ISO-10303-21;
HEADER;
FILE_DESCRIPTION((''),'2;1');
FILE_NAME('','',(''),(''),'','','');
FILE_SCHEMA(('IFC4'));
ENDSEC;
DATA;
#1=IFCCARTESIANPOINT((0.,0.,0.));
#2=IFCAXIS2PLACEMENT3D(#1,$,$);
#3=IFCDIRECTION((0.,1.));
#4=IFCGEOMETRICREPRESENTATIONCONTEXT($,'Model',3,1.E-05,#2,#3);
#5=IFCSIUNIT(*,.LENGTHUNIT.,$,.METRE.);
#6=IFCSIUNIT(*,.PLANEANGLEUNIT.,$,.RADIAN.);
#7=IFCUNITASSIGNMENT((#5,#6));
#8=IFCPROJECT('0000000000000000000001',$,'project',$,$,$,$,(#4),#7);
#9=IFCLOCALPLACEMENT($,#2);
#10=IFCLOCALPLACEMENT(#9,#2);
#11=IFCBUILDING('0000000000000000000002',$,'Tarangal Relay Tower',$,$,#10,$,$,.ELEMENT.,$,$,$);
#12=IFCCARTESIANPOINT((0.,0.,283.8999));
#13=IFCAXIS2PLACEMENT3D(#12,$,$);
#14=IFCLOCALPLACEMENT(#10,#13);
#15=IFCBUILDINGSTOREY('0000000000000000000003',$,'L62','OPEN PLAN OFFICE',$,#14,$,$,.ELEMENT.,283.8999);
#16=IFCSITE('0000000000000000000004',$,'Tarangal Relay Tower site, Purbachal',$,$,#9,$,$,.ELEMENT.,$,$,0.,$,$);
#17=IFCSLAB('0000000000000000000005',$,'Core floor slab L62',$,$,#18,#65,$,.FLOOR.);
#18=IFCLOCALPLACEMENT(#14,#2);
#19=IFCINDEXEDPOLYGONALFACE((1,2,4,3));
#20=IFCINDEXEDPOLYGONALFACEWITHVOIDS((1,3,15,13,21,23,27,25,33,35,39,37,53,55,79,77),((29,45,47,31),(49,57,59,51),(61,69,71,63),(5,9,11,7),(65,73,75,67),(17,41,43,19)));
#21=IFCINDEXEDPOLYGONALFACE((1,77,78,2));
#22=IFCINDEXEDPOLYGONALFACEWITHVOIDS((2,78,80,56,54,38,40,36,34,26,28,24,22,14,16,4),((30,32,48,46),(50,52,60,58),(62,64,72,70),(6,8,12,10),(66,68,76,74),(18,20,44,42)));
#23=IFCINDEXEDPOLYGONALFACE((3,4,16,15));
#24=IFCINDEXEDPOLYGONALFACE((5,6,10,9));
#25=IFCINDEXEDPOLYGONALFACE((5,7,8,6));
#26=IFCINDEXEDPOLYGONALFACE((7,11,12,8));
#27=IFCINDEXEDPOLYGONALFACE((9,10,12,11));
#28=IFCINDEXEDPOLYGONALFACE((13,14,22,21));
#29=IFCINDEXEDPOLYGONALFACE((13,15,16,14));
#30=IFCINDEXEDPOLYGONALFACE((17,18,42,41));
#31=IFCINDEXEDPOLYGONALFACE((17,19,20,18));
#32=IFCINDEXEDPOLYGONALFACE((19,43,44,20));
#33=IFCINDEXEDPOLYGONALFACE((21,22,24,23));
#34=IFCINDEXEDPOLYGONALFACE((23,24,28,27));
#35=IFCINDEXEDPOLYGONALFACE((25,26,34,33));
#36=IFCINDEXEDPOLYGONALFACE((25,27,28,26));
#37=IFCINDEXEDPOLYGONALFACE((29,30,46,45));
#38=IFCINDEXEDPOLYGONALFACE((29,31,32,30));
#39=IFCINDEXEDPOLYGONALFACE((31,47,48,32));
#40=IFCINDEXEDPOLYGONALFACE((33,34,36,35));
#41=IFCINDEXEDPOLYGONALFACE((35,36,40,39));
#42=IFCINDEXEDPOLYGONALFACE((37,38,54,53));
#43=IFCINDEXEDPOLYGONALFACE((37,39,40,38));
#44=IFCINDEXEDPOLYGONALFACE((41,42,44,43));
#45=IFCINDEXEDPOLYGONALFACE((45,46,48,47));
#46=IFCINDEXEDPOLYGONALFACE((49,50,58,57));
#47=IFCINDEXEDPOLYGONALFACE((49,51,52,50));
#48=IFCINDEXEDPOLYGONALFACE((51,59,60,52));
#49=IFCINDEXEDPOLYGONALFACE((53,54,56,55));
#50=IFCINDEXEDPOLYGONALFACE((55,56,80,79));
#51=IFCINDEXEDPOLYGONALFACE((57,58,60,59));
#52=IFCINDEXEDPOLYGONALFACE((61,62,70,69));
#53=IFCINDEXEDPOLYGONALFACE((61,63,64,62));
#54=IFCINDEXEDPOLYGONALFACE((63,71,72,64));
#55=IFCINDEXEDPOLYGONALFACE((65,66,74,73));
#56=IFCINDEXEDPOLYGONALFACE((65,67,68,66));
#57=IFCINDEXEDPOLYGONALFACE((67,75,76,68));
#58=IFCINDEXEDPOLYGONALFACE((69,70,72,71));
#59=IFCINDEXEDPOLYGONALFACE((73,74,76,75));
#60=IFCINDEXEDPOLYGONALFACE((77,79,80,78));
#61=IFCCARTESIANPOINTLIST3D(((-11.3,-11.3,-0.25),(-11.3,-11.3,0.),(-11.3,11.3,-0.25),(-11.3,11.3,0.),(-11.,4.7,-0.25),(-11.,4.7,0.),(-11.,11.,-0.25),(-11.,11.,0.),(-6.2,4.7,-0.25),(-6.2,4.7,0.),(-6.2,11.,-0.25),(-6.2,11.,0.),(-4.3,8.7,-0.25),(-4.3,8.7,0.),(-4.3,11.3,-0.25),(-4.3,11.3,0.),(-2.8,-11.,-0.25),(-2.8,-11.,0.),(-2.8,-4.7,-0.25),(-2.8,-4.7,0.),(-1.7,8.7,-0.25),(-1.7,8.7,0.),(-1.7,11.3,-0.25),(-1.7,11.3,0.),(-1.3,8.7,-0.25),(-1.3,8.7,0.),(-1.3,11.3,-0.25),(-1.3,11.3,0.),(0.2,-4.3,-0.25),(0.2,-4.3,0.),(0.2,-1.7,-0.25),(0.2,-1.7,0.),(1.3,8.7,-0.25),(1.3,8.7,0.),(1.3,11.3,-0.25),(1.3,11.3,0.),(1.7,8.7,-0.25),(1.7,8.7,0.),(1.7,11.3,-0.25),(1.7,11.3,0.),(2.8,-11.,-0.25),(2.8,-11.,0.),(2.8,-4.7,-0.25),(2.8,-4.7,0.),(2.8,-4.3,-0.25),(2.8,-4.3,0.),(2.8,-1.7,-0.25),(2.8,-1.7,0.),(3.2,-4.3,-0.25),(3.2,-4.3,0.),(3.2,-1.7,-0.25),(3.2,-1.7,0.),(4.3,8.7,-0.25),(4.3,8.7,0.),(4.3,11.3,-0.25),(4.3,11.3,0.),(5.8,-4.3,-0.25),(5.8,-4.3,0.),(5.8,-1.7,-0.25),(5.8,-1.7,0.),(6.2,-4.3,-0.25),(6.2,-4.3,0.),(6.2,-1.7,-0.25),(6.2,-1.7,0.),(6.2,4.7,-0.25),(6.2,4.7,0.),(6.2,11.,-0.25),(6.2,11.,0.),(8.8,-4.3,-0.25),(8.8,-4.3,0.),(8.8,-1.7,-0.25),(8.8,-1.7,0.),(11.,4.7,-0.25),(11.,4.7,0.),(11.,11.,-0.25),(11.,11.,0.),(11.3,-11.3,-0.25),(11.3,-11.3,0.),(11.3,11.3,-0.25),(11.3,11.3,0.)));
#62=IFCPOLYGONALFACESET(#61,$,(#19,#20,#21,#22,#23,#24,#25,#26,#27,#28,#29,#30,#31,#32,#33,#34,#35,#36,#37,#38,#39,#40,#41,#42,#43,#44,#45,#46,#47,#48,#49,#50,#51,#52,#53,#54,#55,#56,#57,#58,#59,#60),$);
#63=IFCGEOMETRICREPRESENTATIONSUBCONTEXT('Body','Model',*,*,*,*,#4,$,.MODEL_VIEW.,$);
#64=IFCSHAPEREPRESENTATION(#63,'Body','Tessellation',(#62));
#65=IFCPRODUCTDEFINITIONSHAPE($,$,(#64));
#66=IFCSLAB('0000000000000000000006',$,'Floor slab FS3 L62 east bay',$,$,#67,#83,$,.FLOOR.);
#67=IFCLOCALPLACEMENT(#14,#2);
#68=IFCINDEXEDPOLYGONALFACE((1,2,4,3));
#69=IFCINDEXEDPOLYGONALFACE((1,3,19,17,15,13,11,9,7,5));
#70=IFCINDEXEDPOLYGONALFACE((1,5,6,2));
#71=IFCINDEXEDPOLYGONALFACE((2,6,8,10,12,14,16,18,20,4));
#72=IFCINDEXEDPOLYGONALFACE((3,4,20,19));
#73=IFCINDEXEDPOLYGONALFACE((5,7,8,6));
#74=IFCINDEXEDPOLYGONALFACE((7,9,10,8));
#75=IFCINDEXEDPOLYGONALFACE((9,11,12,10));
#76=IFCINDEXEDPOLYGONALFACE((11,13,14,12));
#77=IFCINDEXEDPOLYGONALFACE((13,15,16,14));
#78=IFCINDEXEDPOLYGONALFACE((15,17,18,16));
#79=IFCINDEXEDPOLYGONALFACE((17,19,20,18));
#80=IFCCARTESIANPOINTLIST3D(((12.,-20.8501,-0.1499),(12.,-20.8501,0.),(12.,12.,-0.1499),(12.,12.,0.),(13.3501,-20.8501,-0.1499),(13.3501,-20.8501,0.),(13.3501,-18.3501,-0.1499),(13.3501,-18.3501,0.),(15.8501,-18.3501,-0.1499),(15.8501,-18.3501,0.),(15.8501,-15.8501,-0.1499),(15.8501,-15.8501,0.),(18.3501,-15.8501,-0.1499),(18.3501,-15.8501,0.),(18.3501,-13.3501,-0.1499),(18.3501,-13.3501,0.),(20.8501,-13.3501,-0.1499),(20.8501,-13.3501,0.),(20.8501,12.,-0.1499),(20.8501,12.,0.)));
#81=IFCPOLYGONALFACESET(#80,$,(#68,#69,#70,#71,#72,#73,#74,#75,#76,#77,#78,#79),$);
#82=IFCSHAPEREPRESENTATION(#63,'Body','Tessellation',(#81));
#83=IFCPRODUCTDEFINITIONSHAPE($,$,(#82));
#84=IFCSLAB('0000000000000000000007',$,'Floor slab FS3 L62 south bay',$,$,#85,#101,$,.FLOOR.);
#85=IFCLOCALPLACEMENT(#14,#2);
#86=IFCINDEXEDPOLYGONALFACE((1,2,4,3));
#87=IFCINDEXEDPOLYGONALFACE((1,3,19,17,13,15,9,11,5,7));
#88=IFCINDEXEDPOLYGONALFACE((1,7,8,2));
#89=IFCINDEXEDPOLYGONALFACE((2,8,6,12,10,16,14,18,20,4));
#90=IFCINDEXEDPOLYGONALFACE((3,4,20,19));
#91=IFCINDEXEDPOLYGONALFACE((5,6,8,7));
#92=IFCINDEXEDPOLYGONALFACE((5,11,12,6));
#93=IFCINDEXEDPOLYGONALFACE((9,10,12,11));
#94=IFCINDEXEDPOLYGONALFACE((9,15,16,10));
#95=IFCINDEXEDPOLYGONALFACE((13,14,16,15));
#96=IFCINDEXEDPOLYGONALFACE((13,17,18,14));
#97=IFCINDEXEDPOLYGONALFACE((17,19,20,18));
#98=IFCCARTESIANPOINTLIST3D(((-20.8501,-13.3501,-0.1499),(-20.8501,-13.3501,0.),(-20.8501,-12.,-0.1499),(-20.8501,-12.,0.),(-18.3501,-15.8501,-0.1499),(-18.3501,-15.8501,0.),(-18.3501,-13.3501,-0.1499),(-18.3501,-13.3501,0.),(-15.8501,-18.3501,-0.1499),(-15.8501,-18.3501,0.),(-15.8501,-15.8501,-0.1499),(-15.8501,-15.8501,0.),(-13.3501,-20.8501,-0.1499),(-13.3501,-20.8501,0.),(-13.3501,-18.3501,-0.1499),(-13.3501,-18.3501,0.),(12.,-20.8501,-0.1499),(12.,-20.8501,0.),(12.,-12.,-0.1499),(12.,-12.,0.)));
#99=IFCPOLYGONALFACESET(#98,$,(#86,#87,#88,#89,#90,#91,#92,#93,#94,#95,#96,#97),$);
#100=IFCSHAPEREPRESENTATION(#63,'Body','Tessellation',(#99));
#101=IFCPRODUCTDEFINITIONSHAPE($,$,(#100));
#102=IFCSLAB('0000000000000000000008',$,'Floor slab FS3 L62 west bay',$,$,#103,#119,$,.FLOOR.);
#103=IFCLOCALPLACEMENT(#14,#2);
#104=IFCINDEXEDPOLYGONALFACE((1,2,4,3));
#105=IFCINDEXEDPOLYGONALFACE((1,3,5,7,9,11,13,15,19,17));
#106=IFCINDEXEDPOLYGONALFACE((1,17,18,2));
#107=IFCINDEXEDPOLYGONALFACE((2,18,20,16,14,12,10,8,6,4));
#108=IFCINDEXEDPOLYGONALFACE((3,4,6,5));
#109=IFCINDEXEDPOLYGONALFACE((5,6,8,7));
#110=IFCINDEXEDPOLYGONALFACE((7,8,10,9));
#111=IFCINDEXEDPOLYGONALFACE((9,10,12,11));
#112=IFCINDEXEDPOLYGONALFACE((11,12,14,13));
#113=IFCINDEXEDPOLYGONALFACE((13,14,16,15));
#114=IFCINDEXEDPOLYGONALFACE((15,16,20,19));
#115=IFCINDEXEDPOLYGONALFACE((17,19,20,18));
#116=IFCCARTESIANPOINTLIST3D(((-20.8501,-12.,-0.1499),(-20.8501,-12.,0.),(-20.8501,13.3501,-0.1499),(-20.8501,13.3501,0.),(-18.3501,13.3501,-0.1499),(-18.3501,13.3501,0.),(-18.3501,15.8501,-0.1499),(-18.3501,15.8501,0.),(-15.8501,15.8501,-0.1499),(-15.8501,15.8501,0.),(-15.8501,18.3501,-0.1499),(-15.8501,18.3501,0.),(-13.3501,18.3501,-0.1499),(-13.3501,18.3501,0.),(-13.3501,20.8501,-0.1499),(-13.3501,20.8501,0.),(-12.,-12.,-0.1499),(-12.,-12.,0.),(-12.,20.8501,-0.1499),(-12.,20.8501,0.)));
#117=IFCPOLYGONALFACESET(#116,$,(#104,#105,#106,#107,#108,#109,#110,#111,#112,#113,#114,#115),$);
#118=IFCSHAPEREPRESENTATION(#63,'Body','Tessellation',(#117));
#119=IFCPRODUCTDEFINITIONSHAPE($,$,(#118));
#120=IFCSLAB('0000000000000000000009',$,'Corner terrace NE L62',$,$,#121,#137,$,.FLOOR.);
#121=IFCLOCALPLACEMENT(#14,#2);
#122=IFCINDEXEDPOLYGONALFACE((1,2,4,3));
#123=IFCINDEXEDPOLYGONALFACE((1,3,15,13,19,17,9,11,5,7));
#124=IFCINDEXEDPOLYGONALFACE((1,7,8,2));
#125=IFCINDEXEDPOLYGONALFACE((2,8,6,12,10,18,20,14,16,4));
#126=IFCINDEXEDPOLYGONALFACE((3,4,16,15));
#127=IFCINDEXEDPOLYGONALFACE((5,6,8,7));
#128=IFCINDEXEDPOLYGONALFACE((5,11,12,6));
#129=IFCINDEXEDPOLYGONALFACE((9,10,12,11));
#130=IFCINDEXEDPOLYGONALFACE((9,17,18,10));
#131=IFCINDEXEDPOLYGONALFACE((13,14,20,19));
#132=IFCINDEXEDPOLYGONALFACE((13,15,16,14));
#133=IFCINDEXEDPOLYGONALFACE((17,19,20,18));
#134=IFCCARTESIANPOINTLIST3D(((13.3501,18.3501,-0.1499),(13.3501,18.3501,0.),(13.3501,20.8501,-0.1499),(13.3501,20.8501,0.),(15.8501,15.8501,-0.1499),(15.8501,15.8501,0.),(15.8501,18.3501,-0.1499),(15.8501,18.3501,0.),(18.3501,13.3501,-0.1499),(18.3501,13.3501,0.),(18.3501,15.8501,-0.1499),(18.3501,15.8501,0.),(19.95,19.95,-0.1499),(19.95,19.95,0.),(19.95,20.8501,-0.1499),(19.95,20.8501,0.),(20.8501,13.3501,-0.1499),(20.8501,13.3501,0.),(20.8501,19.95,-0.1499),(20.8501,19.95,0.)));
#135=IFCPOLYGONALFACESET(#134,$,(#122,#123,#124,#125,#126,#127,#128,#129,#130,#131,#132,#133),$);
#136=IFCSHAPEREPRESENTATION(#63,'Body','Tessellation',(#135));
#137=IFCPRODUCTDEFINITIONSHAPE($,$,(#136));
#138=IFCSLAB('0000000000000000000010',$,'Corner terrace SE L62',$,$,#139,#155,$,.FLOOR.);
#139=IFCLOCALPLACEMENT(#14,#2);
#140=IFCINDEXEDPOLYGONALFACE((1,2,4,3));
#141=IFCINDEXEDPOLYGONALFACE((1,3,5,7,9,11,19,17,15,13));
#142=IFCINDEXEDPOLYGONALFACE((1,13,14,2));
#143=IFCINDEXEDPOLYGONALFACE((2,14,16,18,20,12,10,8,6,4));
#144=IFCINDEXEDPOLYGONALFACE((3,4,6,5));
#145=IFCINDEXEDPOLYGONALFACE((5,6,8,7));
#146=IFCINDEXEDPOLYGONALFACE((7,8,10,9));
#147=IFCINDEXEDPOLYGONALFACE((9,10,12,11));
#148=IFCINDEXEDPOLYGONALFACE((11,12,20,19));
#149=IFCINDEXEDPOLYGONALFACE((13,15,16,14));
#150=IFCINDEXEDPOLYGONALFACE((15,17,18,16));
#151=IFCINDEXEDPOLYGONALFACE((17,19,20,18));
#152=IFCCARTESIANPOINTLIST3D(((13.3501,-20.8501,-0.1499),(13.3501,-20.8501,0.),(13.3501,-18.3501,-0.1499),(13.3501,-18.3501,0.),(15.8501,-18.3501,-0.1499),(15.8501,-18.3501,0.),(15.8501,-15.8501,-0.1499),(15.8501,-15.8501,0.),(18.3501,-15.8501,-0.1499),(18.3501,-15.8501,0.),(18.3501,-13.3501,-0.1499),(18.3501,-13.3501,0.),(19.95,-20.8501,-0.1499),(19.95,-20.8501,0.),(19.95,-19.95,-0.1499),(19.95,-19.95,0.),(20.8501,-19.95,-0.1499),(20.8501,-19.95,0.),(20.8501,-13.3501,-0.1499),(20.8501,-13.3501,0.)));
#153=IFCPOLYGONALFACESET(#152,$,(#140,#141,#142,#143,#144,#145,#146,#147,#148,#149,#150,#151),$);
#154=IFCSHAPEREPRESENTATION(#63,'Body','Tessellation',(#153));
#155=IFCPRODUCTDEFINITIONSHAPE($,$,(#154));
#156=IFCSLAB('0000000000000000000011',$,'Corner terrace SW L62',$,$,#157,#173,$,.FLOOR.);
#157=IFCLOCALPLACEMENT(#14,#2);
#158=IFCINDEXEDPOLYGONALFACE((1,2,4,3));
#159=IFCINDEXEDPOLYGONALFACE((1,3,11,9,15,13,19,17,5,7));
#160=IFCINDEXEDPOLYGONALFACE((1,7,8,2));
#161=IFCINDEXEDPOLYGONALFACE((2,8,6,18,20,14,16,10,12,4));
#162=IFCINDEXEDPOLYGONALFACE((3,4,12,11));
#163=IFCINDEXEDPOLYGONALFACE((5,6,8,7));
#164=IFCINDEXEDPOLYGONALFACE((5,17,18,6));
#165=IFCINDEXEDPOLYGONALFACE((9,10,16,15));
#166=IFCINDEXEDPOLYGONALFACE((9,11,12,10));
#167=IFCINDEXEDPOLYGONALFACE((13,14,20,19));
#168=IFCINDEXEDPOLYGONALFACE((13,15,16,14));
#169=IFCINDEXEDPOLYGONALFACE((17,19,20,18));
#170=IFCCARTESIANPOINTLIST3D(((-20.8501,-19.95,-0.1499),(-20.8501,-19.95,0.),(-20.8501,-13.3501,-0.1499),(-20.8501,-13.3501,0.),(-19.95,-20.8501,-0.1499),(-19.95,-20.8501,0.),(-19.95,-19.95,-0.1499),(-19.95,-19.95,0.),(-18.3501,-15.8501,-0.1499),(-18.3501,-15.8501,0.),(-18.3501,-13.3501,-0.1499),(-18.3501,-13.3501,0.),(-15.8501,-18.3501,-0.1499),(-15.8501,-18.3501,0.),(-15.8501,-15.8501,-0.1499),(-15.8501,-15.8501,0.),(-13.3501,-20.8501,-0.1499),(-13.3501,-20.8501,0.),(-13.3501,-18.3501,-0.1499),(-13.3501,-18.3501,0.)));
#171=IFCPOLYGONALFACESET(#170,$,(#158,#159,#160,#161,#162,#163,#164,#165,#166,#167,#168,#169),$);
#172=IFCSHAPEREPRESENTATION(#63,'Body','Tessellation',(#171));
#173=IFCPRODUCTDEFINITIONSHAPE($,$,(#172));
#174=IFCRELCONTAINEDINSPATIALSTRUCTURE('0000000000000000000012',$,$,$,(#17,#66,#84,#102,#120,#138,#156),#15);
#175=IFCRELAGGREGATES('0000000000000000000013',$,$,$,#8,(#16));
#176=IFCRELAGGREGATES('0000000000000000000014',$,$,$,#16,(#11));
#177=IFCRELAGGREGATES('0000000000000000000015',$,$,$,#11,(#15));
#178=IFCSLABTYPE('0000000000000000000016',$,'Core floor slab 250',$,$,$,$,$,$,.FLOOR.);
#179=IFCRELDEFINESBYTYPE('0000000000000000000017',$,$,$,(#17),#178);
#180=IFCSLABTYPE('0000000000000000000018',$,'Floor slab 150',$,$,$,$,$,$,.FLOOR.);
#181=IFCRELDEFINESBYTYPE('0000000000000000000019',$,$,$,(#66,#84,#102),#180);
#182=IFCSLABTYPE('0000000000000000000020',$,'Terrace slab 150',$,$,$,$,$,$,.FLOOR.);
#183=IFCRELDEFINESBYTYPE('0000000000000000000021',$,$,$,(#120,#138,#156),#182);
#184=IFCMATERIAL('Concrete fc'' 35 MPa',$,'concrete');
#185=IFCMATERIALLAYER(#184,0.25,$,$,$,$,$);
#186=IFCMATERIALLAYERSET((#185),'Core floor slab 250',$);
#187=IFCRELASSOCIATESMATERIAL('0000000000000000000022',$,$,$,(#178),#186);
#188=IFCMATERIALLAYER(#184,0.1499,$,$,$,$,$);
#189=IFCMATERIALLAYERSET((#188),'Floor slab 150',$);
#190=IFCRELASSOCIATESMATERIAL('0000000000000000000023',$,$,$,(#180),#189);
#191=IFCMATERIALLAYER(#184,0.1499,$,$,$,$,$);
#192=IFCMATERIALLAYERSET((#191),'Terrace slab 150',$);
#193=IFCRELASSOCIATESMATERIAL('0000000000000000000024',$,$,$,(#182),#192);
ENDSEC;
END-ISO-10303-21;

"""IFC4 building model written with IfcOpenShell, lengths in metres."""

from ifc_helpers import new_model, si_unit, direction, frame, origin, place, context, subcontext, project, spatial, polyline, outline, extrude, material, layer, layer_set, type_object, element, save


model = new_model("IFC4")

# Units and contexts
model_context = context("Model", 3, precision=1e-05, world=origin(), true_north=direction((0.0, 1.0)))
body_context = subcontext(model_context, "Body", "Model", "MODEL_VIEW")
ifc_project = project(units=[si_unit("LENGTHUNIT", "METRE"), si_unit("PLANEANGLEUNIT", "RADIAN")], contexts=[model_context])

# Site, building, storey
site_placement = place(None, origin())
site = spatial("IfcSite", under=ifc_project, at=site_placement, Name="Tarangal Relay Tower site, Purbachal", CompositionType="ELEMENT", RefElevation=0.0)
building_placement = place(site_placement, origin())
building = spatial("IfcBuilding", under=site, at=building_placement, Name="Tarangal Relay Tower", CompositionType="ELEMENT")
storey_placement = place(building_placement, frame((0.0, 0.0, 283.8999)))
storey = spatial("IfcBuildingStorey", under=building, at=storey_placement, Name="L62", Description="OPEN PLAN OFFICE", CompositionType="ELEMENT", Elevation=283.8999)

# Slabs
ifc_material_1 = material(Name="Concrete fc' 35 MPa", Category="concrete")
ifc_layer_1 = layer(ifc_material_1, 0.25)
ifc_layer_set_1 = layer_set([ifc_layer_1], Name="Core floor slab 250")
slab_type_1 = type_object("IfcSlabType", Name="Core floor slab 250", PredefinedType="FLOOR", material=ifc_layer_set_1)
slab_1_placement = place(storey_placement, frame((0.0, 0.0, -0.25)))
element("IfcSlab", 1, at=slab_1_placement, inside=storey, type_object=slab_type_1, Name="Core floor slab L62", PredefinedType="FLOOR", context=body_context, shape_type="SweptSolid", body=[
    extrude(outline(polyline([(11.3, 11.3), (11.3, -11.3), (-11.3, -11.3), (-11.3, 11.3), (-4.3, 11.3), (-4.3, 8.7), (-1.7, 8.7), (-1.7, 11.3), (-1.3, 11.3), (-1.3, 8.7), (1.3, 8.7), (1.3, 11.3), (1.7, 11.3), (1.7, 8.7), (4.3, 8.7), (4.3, 11.3), (11.3, 11.3)]), holes=[polyline([(2.8, -4.7), (-2.8, -4.7), (-2.8, -11.0), (2.8, -11.0), (2.8, -4.7)]), polyline([(2.8, -1.7), (0.2, -1.7), (0.2, -4.3), (2.8, -4.3), (2.8, -1.7)]), polyline([(5.8, -1.7), (3.2, -1.7), (3.2, -4.3), (5.8, -4.3), (5.8, -1.7)]), polyline([(8.8, -1.7), (6.2, -1.7), (6.2, -4.3), (8.8, -4.3), (8.8, -1.7)]), polyline([(-6.2, 11.0), (-11.0, 11.0), (-11.0, 4.7), (-6.2, 4.7), (-6.2, 11.0)]), polyline([(11.0, 11.0), (6.2, 11.0), (6.2, 4.7), (11.0, 4.7), (11.0, 11.0)])]), origin(), (0.0, 0.0, 1.0), 0.25),
])
ifc_layer_2 = layer(ifc_material_1, 0.1499)
ifc_layer_set_2 = layer_set([ifc_layer_2], Name="Floor slab 150")
slab_type_2 = type_object("IfcSlabType", Name="Floor slab 150", PredefinedType="FLOOR", material=ifc_layer_set_2)
slab_2_placement = place(storey_placement, frame((0.0, 0.0, -0.1499)))
element("IfcSlab", 2, at=slab_2_placement, inside=storey, type_object=slab_type_2, Name="Floor slab FS3 L62 east bay", PredefinedType="FLOOR", context=body_context, shape_type="SweptSolid", body=[
    extrude(outline(polyline([(20.8501, -13.3501), (18.3501, -13.3501), (18.3501, -15.8501), (15.8501, -15.8501), (15.8501, -18.3501), (13.3501, -18.3501), (13.3501, -20.8501), (12.0, -20.8501), (12.0, 12.0), (20.8501, 12.0), (20.8501, -13.3501)])), origin(), (0.0, 0.0, 1.0), 0.1499),
])
slab_3_placement = place(storey_placement, frame((0.0, 0.0, -0.1499)))
element("IfcSlab", 3, at=slab_3_placement, inside=storey, type_object=slab_type_2, Name="Floor slab FS3 L62 south bay", PredefinedType="FLOOR", context=body_context, shape_type="SweptSolid", body=[
    extrude(outline(polyline([(-13.3501, -20.8501), (-13.3501, -18.3501), (-15.8501, -18.3501), (-15.8501, -15.8501), (-18.3501, -15.8501), (-18.3501, -13.3501), (-20.8501, -13.3501), (-20.8501, -12.0), (12.0, -12.0), (12.0, -20.8501), (-13.3501, -20.8501)])), origin(), (0.0, 0.0, 1.0), 0.1499),
])
slab_4_placement = place(storey_placement, frame((0.0, 0.0, -0.1499)))
element("IfcSlab", 4, at=slab_4_placement, inside=storey, type_object=slab_type_2, Name="Floor slab FS3 L62 west bay", PredefinedType="FLOOR", context=body_context, shape_type="SweptSolid", body=[
    extrude(outline(polyline([(-12.0, 20.8501), (-12.0, -12.0), (-20.8501, -12.0), (-20.8501, 13.3501), (-18.3501, 13.3501), (-18.3501, 15.8501), (-15.8501, 15.8501), (-15.8501, 18.3501), (-13.3501, 18.3501), (-13.3501, 20.8501), (-12.0, 20.8501)])), origin(), (0.0, 0.0, 1.0), 0.1499),
])
ifc_layer_3 = layer(ifc_material_1, 0.1499)
ifc_layer_set_3 = layer_set([ifc_layer_3], Name="Terrace slab 150")
slab_type_3 = type_object("IfcSlabType", Name="Terrace slab 150", PredefinedType="FLOOR", material=ifc_layer_set_3)
slab_5_placement = place(storey_placement, frame((0.0, 0.0, -0.1499)))
element("IfcSlab", 5, at=slab_5_placement, inside=storey, type_object=slab_type_3, Name="Corner terrace NE L62", PredefinedType="FLOOR", context=body_context, shape_type="SweptSolid", body=[
    extrude(outline(polyline([(13.3501, 20.8501), (13.3501, 18.3501), (15.8501, 18.3501), (15.8501, 15.8501), (18.3501, 15.8501), (18.3501, 13.3501), (20.8501, 13.3501), (20.8501, 19.95), (19.95, 19.95), (19.95, 20.8501), (13.3501, 20.8501)])), origin(), (0.0, 0.0, 1.0), 0.1499),
])
slab_6_placement = place(storey_placement, frame((0.0, 0.0, -0.1499)))
element("IfcSlab", 6, at=slab_6_placement, inside=storey, type_object=slab_type_3, Name="Corner terrace SE L62", PredefinedType="FLOOR", context=body_context, shape_type="SweptSolid", body=[
    extrude(outline(polyline([(20.8501, -13.3501), (18.3501, -13.3501), (18.3501, -15.8501), (15.8501, -15.8501), (15.8501, -18.3501), (13.3501, -18.3501), (13.3501, -20.8501), (19.95, -20.8501), (19.95, -19.95), (20.8501, -19.95), (20.8501, -13.3501)])), origin(), (0.0, 0.0, 1.0), 0.1499),
])
slab_7_placement = place(storey_placement, frame((0.0, 0.0, -0.1499)))
element("IfcSlab", 7, at=slab_7_placement, inside=storey, type_object=slab_type_3, Name="Corner terrace SW L62", PredefinedType="FLOOR", context=body_context, shape_type="SweptSolid", body=[
    extrude(outline(polyline([(-13.3501, -20.8501), (-13.3501, -18.3501), (-15.8501, -18.3501), (-15.8501, -15.8501), (-18.3501, -15.8501), (-18.3501, -13.3501), (-20.8501, -13.3501), (-20.8501, -19.95), (-19.95, -19.95), (-19.95, -20.8501), (-13.3501, -20.8501)])), origin(), (0.0, 0.0, 1.0), 0.1499),
])

save(model, "model.ifc")
